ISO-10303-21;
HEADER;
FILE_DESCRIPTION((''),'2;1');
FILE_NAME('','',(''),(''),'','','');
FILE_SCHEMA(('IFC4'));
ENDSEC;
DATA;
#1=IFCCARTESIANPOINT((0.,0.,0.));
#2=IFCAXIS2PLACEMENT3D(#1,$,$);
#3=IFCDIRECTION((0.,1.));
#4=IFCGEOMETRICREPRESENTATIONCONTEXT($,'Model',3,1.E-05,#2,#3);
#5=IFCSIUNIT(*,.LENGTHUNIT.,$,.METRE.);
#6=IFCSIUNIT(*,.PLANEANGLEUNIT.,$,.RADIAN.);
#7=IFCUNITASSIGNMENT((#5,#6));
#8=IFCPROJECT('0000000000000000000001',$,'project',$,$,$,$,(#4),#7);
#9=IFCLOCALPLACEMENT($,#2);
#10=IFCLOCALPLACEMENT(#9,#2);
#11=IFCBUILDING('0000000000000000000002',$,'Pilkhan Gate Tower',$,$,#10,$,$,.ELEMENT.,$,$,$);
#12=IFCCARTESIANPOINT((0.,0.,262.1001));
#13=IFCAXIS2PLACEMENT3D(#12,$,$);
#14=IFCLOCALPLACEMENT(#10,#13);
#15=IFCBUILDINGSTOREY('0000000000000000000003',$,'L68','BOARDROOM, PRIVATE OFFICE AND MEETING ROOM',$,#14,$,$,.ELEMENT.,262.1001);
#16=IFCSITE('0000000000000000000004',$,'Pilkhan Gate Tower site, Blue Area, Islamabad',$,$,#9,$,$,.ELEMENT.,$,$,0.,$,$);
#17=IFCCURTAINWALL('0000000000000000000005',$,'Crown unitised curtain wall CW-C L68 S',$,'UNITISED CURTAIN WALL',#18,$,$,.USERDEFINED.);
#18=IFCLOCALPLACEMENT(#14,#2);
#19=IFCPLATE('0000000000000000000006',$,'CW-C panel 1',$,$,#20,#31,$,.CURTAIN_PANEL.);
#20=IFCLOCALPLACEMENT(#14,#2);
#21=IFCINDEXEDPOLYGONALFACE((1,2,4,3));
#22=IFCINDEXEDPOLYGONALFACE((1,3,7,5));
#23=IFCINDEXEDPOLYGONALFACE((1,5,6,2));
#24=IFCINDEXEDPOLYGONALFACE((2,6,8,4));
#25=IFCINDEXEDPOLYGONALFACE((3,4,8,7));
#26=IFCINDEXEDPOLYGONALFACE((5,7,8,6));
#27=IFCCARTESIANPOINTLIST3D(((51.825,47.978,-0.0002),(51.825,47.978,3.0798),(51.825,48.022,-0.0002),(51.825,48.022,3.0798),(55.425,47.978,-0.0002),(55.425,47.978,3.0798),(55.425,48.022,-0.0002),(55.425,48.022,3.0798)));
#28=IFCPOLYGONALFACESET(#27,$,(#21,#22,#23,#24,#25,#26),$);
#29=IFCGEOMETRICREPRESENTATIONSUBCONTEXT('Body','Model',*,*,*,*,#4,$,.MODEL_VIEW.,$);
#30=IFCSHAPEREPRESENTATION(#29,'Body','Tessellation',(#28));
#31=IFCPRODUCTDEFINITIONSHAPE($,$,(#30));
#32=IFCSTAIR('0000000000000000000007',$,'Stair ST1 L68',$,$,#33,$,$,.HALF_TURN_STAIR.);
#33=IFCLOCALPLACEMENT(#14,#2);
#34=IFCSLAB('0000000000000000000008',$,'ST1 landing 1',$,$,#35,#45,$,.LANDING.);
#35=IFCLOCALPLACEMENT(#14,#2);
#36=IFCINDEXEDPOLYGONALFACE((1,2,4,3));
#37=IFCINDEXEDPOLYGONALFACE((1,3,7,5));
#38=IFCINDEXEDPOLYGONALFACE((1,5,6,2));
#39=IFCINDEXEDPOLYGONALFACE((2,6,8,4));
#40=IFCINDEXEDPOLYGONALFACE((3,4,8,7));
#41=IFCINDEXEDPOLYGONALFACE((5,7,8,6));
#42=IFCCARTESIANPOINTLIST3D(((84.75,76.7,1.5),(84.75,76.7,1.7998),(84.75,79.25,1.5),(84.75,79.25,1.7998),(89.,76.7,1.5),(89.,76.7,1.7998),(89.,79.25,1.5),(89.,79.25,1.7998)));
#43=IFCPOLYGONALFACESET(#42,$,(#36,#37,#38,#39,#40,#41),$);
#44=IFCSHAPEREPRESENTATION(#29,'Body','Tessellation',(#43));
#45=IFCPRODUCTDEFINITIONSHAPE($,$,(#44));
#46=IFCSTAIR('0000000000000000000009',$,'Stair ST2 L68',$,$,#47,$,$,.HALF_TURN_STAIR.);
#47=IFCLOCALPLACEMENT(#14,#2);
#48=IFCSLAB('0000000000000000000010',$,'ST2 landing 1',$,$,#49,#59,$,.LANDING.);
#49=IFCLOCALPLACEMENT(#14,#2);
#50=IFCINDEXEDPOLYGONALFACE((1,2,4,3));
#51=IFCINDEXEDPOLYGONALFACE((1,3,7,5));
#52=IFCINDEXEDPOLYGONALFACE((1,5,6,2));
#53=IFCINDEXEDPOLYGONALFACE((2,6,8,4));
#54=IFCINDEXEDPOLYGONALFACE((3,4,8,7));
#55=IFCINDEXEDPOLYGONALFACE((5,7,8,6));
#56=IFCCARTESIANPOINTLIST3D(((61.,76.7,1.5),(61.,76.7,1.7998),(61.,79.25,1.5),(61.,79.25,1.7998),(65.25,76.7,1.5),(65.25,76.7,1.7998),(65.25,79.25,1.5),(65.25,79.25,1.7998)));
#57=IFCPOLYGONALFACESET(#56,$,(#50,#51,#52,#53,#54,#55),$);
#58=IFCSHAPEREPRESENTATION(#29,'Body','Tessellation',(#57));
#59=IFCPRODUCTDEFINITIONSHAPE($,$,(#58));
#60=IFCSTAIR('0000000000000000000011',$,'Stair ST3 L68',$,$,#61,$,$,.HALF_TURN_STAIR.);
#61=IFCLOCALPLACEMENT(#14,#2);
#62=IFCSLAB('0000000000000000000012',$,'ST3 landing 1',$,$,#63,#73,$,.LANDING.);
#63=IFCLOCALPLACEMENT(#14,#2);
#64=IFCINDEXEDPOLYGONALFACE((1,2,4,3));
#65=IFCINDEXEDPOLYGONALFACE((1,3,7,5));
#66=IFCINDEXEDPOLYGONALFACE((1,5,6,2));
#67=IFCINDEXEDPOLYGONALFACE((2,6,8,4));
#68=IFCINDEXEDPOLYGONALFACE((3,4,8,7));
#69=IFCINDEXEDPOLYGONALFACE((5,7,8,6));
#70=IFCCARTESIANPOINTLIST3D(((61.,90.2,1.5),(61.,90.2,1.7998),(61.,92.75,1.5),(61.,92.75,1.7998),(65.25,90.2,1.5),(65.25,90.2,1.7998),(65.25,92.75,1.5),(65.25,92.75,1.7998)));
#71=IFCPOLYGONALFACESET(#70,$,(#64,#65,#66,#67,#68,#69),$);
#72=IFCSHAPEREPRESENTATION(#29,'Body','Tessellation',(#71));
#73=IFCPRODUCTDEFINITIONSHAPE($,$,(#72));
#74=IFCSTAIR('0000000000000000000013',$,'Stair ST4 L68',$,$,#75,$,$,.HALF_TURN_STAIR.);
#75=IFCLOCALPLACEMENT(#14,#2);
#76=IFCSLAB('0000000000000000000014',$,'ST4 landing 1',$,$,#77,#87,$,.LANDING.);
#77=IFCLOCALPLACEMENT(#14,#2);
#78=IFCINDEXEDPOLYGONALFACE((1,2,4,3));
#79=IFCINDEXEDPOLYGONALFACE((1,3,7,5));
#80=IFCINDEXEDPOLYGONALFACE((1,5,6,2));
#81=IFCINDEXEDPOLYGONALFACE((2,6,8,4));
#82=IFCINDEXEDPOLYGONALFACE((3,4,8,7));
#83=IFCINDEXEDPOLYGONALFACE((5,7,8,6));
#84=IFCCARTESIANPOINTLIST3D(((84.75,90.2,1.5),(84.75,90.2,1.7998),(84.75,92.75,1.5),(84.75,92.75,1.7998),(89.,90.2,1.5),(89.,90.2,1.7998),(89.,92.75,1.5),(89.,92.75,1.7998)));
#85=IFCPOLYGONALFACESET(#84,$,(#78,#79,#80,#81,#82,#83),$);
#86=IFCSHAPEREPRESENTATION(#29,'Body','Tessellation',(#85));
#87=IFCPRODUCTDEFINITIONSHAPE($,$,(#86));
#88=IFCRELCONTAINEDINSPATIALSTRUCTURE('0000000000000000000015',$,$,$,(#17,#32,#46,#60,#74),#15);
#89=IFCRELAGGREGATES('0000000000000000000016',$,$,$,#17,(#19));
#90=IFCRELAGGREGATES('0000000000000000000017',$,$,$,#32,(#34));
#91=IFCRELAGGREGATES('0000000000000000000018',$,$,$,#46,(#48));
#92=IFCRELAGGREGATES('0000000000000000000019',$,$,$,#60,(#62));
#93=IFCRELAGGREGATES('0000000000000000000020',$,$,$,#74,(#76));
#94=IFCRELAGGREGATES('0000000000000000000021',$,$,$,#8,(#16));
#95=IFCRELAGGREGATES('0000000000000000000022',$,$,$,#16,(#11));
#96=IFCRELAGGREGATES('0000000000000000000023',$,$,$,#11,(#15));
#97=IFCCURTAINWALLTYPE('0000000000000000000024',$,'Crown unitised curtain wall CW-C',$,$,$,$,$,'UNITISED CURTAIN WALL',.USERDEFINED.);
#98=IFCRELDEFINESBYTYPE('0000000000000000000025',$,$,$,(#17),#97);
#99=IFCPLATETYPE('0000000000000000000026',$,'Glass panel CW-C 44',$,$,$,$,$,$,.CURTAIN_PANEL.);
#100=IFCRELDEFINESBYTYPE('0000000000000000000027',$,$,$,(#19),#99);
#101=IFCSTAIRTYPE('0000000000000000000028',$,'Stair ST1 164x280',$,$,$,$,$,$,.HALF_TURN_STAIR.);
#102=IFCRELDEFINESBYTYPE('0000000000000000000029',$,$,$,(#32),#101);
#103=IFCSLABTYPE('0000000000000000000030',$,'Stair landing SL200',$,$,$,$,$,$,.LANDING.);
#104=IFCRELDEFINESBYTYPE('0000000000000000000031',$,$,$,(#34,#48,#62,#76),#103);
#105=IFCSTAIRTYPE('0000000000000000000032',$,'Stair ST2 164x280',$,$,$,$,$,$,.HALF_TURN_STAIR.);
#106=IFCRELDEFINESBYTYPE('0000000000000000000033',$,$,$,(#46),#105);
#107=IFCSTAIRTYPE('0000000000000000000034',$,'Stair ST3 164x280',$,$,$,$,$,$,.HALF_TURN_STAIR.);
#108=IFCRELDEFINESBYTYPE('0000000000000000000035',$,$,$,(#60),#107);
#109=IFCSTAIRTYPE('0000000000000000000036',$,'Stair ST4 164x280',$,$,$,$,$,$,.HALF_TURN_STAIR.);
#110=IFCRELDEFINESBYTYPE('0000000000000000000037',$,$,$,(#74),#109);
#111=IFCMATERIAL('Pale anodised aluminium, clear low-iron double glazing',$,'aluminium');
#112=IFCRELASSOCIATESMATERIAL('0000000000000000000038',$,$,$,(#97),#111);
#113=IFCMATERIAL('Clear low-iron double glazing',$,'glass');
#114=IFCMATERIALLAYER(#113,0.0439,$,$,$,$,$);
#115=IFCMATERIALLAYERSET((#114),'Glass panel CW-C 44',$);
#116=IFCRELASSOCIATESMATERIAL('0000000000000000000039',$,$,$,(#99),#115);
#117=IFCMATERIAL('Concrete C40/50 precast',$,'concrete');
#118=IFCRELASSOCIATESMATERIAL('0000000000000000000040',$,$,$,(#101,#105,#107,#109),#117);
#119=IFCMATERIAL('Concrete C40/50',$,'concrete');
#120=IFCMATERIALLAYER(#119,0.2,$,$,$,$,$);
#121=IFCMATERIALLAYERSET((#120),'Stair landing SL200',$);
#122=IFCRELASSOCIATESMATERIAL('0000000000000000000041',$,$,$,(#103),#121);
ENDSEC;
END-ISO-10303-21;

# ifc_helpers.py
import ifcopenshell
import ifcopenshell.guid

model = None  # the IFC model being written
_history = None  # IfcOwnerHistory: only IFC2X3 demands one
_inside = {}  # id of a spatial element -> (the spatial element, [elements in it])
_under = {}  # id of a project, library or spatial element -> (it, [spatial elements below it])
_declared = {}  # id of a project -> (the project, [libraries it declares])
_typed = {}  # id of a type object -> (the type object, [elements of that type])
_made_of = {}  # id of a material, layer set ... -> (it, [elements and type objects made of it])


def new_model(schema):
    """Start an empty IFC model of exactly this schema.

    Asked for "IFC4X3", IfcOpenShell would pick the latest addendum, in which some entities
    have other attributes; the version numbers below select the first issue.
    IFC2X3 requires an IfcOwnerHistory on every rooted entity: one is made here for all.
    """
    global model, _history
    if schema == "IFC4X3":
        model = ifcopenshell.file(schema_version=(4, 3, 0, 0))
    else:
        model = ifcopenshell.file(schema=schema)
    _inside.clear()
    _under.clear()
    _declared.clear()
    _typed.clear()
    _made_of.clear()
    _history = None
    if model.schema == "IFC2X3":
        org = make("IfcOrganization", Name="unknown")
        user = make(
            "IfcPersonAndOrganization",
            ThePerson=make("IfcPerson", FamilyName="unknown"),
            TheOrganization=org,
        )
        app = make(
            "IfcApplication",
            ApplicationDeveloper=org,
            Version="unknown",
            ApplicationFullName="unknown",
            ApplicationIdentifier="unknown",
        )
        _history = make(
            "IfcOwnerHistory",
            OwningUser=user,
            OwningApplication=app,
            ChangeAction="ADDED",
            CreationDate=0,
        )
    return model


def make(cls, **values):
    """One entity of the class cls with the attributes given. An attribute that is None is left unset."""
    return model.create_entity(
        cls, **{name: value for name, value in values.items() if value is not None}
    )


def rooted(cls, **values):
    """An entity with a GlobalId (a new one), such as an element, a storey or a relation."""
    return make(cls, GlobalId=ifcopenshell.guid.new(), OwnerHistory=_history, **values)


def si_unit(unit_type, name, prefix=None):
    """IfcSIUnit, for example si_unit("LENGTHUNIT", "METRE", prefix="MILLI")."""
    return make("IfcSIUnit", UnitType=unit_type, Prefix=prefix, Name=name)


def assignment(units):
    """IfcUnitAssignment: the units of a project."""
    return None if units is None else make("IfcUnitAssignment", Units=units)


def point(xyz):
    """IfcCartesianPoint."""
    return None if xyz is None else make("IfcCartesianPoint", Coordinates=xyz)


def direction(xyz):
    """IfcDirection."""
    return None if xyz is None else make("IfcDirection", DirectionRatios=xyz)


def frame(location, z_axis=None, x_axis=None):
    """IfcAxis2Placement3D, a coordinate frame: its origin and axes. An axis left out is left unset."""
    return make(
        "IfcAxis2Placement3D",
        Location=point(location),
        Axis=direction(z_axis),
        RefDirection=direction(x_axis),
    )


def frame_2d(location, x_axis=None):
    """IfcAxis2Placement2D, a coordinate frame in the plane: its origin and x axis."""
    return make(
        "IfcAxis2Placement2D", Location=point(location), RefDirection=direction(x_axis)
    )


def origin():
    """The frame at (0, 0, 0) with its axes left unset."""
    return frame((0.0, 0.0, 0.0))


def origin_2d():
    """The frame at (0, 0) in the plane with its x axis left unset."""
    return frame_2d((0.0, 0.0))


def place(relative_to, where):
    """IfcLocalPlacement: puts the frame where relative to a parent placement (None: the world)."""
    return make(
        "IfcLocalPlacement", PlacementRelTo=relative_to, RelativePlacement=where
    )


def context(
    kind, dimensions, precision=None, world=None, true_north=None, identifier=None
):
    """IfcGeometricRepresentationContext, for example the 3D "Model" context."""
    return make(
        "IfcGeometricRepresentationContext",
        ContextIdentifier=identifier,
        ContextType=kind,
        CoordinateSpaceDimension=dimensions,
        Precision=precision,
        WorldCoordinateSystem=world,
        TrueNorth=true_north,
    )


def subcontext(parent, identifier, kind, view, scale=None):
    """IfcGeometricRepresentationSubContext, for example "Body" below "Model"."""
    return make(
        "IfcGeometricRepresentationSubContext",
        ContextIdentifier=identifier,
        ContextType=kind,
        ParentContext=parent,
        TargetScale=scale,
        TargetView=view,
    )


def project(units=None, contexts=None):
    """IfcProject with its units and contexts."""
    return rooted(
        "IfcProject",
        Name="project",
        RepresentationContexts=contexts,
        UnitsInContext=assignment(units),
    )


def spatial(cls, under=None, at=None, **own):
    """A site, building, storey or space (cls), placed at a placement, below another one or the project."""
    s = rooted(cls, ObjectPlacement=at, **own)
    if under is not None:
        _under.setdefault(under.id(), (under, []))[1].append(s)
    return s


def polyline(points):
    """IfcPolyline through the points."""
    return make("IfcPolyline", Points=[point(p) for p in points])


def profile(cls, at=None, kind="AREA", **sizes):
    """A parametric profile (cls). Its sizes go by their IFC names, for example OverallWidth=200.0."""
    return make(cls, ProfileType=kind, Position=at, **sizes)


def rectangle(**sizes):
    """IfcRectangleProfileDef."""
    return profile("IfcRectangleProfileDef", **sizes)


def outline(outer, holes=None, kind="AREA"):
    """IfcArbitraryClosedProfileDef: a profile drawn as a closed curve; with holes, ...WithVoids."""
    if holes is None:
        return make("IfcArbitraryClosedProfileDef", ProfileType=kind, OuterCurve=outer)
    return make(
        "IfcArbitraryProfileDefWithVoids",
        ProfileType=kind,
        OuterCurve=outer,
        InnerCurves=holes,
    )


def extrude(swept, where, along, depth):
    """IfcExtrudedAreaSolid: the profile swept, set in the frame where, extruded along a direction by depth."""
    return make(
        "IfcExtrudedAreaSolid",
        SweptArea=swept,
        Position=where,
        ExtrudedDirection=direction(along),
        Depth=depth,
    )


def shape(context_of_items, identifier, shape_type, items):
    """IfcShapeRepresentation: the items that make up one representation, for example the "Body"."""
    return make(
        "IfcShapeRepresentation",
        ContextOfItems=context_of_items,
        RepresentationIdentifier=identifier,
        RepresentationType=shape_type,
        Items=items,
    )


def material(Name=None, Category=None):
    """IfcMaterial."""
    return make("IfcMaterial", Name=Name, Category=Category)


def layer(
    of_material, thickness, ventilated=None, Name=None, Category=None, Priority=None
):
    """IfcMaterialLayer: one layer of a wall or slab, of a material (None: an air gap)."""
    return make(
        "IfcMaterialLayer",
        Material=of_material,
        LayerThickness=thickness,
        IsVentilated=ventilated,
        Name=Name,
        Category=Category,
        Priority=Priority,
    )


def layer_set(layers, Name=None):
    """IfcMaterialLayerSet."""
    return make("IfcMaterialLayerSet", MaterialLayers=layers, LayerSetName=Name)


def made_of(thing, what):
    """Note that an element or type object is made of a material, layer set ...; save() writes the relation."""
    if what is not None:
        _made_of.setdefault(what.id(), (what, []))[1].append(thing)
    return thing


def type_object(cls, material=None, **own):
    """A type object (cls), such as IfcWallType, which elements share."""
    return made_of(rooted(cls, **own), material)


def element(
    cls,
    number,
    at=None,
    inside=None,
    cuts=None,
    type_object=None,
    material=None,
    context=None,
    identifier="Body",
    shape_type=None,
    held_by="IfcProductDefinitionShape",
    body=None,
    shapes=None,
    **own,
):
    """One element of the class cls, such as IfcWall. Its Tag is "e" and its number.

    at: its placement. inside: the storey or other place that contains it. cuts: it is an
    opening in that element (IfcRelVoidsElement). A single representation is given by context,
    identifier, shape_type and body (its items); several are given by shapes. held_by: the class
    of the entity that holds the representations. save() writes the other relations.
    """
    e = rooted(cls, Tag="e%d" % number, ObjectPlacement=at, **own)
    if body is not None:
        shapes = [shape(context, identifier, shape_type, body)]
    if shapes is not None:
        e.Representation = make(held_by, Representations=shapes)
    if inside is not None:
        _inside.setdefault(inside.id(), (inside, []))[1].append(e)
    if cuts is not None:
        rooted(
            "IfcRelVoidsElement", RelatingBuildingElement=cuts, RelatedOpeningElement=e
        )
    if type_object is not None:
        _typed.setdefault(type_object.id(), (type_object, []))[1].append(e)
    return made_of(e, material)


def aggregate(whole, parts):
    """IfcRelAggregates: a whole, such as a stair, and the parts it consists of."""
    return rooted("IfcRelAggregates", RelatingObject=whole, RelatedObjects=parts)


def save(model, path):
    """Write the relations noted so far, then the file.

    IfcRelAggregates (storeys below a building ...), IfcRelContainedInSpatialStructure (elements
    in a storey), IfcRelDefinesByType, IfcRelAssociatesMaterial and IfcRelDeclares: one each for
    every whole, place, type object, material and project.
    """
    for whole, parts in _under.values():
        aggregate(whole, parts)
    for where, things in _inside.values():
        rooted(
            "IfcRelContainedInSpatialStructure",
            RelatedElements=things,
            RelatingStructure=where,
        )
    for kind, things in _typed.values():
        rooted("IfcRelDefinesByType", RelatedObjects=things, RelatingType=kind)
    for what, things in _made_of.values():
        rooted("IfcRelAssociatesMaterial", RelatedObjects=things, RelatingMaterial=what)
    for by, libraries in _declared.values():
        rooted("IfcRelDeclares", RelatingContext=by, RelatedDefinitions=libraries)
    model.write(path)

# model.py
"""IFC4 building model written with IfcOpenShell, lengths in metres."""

from ifc_helpers import new_model, si_unit, direction, frame, origin, origin_2d, place, context, subcontext, project, spatial, polyline, rectangle, outline, extrude, material, layer, layer_set, type_object, element, aggregate, save


model = new_model("IFC4")

# Units and contexts
model_context = context("Model", 3, precision=1e-05, world=origin(), true_north=direction((0.0, 1.0)))
body_context = subcontext(model_context, "Body", "Model", "MODEL_VIEW")
ifc_project = project(units=[si_unit("LENGTHUNIT", "METRE"), si_unit("PLANEANGLEUNIT", "RADIAN")], contexts=[model_context])

# Site, building, storey
site_placement = place(None, origin())
site = spatial("IfcSite", under=ifc_project, at=site_placement, Name="Pilkhan Gate Tower site, Blue Area, Islamabad", CompositionType="ELEMENT", RefElevation=0.0)
building_placement = place(site_placement, origin())
building = spatial("IfcBuilding", under=site, at=building_placement, Name="Pilkhan Gate Tower", CompositionType="ELEMENT")
storey_placement = place(building_placement, frame((0.0, 0.0, 262.1001)))
storey = spatial("IfcBuildingStorey", under=building, at=storey_placement, Name="L68", Description="BOARDROOM, PRIVATE OFFICE AND MEETING ROOM", CompositionType="ELEMENT", Elevation=262.1001)

# Shared definitions
ifc_material_1 = material(Name="Concrete C40/50", Category="concrete")

# Shared definitions
ifc_material_2 = material(Name="Pale anodised aluminium, clear low-iron double glazing", Category="aluminium")
curtain_wall_type = type_object("IfcCurtainWallType", Name="Crown unitised curtain wall CW-C", ElementType="UNITISED CURTAIN WALL", PredefinedType="USERDEFINED", material=ifc_material_2)

# Curtain wall
curtain_wall_1_placement = place(storey_placement, origin())
curtain_wall_1 = element("IfcCurtainWall", 1, at=curtain_wall_1_placement, inside=storey, type_object=curtain_wall_type, Name="Crown unitised curtain wall CW-C L68 S", ObjectType="UNITISED CURTAIN WALL", PredefinedType="USERDEFINED")

# Plate
ifc_material_3 = material(Name="Clear low-iron double glazing", Category="glass")
ifc_layer_1 = layer(ifc_material_3, 0.0439)
ifc_layer_set_1 = layer_set([ifc_layer_1], Name="Glass panel CW-C 44")
plate_type = type_object("IfcPlateType", Name="Glass panel CW-C 44", PredefinedType="CURTAIN_PANEL", material=ifc_layer_set_1)
plate_1_placement = place(storey_placement, frame((53.625, 48.0, -0.0002), z_axis=(0.0, 0.0, 1.0), x_axis=(1.0, 0.0, 0.0)))
plate_1 = element("IfcPlate", 2, at=plate_1_placement, type_object=plate_type, Name="CW-C panel 1", PredefinedType="CURTAIN_PANEL", context=body_context, shape_type="SweptSolid", body=[
    extrude(rectangle(XDim=3.6001, YDim=0.0439, at=origin_2d()), origin(), (0.0, 0.0, 1.0), 3.0801),
])
aggregate(curtain_wall_1, [plate_1])

# Stairs, slabs
ifc_material_4 = material(Name="Concrete C40/50 precast", Category="concrete")
stair_type_1 = type_object("IfcStairType", Name="Stair ST1 164x280", PredefinedType="HALF_TURN_STAIR", material=ifc_material_4)
stair_1_placement = place(storey_placement, origin())
stair_1 = element("IfcStair", 3, at=stair_1_placement, inside=storey, type_object=stair_type_1, Name="Stair ST1 L68", PredefinedType="HALF_TURN_STAIR")
ifc_layer_2 = layer(ifc_material_1, 0.2)
ifc_layer_set_2 = layer_set([ifc_layer_2], Name="Stair landing SL200")
slab_type_1 = type_object("IfcSlabType", Name="Stair landing SL200", PredefinedType="LANDING", material=ifc_layer_set_2)
slab_1_placement = place(storey_placement, frame((0.0, 0.0, 1.5)))
slab_1 = element("IfcSlab", 4, at=slab_1_placement, type_object=slab_type_1, Name="ST1 landing 1", PredefinedType="LANDING", context=body_context, shape_type="SweptSolid", body=[
    extrude(outline(polyline([(89.0, 76.7), (89.0, 79.25), (84.75, 79.25), (84.75, 76.7), (89.0, 76.7)])), origin(), (0.0, 0.0, 1.0), 0.2998),
])
aggregate(stair_1, [slab_1])
stair_type_2 = type_object("IfcStairType", Name="Stair ST2 164x280", PredefinedType="HALF_TURN_STAIR", material=ifc_material_4)
stair_2_placement = place(storey_placement, origin())
stair_2 = element("IfcStair", 5, at=stair_2_placement, inside=storey, type_object=stair_type_2, Name="Stair ST2 L68", PredefinedType="HALF_TURN_STAIR")
slab_2_placement = place(storey_placement, frame((0.0, 0.0, 1.5)))
slab_2 = element("IfcSlab", 6, at=slab_2_placement, type_object=slab_type_1, Name="ST2 landing 1", PredefinedType="LANDING", context=body_context, shape_type="SweptSolid", body=[
    extrude(outline(polyline([(65.25, 76.7), (65.25, 79.25), (61.0, 79.25), (61.0, 76.7), (65.25, 76.7)])), origin(), (0.0, 0.0, 1.0), 0.2998),
])
aggregate(stair_2, [slab_2])
stair_type_3 = type_object("IfcStairType", Name="Stair ST3 164x280", PredefinedType="HALF_TURN_STAIR", material=ifc_material_4)
stair_3_placement = place(storey_placement, origin())
stair_3 = element("IfcStair", 7, at=stair_3_placement, inside=storey, type_object=stair_type_3, Name="Stair ST3 L68", PredefinedType="HALF_TURN_STAIR")
slab_3_placement = place(storey_placement, frame((0.0, 0.0, 1.5)))
slab_3 = element("IfcSlab", 8, at=slab_3_placement, type_object=slab_type_1, Name="ST3 landing 1", PredefinedType="LANDING", context=body_context, shape_type="SweptSolid", body=[
    extrude(outline(polyline([(65.25, 90.2), (65.25, 92.75), (61.0, 92.75), (61.0, 90.2), (65.25, 90.2)])), origin(), (0.0, 0.0, 1.0), 0.2998),
])
aggregate(stair_3, [slab_3])
stair_type_4 = type_object("IfcStairType", Name="Stair ST4 164x280", PredefinedType="HALF_TURN_STAIR", material=ifc_material_4)
stair_4_placement = place(storey_placement, origin())
stair_4 = element("IfcStair", 9, at=stair_4_placement, inside=storey, type_object=stair_type_4, Name="Stair ST4 L68", PredefinedType="HALF_TURN_STAIR")
slab_4_placement = place(storey_placement, frame((0.0, 0.0, 1.5)))
slab_4 = element("IfcSlab", 10, at=slab_4_placement, type_object=slab_type_1, Name="ST4 landing 1", PredefinedType="LANDING", context=body_context, shape_type="SweptSolid", body=[
    extrude(outline(polyline([(89.0, 90.2), (89.0, 92.75), (84.75, 92.75), (84.75, 90.2), (89.0, 90.2)])), origin(), (0.0, 0.0, 1.0), 0.2998),
])
aggregate(stair_4, [slab_4])

save(model, "model.ifc")
